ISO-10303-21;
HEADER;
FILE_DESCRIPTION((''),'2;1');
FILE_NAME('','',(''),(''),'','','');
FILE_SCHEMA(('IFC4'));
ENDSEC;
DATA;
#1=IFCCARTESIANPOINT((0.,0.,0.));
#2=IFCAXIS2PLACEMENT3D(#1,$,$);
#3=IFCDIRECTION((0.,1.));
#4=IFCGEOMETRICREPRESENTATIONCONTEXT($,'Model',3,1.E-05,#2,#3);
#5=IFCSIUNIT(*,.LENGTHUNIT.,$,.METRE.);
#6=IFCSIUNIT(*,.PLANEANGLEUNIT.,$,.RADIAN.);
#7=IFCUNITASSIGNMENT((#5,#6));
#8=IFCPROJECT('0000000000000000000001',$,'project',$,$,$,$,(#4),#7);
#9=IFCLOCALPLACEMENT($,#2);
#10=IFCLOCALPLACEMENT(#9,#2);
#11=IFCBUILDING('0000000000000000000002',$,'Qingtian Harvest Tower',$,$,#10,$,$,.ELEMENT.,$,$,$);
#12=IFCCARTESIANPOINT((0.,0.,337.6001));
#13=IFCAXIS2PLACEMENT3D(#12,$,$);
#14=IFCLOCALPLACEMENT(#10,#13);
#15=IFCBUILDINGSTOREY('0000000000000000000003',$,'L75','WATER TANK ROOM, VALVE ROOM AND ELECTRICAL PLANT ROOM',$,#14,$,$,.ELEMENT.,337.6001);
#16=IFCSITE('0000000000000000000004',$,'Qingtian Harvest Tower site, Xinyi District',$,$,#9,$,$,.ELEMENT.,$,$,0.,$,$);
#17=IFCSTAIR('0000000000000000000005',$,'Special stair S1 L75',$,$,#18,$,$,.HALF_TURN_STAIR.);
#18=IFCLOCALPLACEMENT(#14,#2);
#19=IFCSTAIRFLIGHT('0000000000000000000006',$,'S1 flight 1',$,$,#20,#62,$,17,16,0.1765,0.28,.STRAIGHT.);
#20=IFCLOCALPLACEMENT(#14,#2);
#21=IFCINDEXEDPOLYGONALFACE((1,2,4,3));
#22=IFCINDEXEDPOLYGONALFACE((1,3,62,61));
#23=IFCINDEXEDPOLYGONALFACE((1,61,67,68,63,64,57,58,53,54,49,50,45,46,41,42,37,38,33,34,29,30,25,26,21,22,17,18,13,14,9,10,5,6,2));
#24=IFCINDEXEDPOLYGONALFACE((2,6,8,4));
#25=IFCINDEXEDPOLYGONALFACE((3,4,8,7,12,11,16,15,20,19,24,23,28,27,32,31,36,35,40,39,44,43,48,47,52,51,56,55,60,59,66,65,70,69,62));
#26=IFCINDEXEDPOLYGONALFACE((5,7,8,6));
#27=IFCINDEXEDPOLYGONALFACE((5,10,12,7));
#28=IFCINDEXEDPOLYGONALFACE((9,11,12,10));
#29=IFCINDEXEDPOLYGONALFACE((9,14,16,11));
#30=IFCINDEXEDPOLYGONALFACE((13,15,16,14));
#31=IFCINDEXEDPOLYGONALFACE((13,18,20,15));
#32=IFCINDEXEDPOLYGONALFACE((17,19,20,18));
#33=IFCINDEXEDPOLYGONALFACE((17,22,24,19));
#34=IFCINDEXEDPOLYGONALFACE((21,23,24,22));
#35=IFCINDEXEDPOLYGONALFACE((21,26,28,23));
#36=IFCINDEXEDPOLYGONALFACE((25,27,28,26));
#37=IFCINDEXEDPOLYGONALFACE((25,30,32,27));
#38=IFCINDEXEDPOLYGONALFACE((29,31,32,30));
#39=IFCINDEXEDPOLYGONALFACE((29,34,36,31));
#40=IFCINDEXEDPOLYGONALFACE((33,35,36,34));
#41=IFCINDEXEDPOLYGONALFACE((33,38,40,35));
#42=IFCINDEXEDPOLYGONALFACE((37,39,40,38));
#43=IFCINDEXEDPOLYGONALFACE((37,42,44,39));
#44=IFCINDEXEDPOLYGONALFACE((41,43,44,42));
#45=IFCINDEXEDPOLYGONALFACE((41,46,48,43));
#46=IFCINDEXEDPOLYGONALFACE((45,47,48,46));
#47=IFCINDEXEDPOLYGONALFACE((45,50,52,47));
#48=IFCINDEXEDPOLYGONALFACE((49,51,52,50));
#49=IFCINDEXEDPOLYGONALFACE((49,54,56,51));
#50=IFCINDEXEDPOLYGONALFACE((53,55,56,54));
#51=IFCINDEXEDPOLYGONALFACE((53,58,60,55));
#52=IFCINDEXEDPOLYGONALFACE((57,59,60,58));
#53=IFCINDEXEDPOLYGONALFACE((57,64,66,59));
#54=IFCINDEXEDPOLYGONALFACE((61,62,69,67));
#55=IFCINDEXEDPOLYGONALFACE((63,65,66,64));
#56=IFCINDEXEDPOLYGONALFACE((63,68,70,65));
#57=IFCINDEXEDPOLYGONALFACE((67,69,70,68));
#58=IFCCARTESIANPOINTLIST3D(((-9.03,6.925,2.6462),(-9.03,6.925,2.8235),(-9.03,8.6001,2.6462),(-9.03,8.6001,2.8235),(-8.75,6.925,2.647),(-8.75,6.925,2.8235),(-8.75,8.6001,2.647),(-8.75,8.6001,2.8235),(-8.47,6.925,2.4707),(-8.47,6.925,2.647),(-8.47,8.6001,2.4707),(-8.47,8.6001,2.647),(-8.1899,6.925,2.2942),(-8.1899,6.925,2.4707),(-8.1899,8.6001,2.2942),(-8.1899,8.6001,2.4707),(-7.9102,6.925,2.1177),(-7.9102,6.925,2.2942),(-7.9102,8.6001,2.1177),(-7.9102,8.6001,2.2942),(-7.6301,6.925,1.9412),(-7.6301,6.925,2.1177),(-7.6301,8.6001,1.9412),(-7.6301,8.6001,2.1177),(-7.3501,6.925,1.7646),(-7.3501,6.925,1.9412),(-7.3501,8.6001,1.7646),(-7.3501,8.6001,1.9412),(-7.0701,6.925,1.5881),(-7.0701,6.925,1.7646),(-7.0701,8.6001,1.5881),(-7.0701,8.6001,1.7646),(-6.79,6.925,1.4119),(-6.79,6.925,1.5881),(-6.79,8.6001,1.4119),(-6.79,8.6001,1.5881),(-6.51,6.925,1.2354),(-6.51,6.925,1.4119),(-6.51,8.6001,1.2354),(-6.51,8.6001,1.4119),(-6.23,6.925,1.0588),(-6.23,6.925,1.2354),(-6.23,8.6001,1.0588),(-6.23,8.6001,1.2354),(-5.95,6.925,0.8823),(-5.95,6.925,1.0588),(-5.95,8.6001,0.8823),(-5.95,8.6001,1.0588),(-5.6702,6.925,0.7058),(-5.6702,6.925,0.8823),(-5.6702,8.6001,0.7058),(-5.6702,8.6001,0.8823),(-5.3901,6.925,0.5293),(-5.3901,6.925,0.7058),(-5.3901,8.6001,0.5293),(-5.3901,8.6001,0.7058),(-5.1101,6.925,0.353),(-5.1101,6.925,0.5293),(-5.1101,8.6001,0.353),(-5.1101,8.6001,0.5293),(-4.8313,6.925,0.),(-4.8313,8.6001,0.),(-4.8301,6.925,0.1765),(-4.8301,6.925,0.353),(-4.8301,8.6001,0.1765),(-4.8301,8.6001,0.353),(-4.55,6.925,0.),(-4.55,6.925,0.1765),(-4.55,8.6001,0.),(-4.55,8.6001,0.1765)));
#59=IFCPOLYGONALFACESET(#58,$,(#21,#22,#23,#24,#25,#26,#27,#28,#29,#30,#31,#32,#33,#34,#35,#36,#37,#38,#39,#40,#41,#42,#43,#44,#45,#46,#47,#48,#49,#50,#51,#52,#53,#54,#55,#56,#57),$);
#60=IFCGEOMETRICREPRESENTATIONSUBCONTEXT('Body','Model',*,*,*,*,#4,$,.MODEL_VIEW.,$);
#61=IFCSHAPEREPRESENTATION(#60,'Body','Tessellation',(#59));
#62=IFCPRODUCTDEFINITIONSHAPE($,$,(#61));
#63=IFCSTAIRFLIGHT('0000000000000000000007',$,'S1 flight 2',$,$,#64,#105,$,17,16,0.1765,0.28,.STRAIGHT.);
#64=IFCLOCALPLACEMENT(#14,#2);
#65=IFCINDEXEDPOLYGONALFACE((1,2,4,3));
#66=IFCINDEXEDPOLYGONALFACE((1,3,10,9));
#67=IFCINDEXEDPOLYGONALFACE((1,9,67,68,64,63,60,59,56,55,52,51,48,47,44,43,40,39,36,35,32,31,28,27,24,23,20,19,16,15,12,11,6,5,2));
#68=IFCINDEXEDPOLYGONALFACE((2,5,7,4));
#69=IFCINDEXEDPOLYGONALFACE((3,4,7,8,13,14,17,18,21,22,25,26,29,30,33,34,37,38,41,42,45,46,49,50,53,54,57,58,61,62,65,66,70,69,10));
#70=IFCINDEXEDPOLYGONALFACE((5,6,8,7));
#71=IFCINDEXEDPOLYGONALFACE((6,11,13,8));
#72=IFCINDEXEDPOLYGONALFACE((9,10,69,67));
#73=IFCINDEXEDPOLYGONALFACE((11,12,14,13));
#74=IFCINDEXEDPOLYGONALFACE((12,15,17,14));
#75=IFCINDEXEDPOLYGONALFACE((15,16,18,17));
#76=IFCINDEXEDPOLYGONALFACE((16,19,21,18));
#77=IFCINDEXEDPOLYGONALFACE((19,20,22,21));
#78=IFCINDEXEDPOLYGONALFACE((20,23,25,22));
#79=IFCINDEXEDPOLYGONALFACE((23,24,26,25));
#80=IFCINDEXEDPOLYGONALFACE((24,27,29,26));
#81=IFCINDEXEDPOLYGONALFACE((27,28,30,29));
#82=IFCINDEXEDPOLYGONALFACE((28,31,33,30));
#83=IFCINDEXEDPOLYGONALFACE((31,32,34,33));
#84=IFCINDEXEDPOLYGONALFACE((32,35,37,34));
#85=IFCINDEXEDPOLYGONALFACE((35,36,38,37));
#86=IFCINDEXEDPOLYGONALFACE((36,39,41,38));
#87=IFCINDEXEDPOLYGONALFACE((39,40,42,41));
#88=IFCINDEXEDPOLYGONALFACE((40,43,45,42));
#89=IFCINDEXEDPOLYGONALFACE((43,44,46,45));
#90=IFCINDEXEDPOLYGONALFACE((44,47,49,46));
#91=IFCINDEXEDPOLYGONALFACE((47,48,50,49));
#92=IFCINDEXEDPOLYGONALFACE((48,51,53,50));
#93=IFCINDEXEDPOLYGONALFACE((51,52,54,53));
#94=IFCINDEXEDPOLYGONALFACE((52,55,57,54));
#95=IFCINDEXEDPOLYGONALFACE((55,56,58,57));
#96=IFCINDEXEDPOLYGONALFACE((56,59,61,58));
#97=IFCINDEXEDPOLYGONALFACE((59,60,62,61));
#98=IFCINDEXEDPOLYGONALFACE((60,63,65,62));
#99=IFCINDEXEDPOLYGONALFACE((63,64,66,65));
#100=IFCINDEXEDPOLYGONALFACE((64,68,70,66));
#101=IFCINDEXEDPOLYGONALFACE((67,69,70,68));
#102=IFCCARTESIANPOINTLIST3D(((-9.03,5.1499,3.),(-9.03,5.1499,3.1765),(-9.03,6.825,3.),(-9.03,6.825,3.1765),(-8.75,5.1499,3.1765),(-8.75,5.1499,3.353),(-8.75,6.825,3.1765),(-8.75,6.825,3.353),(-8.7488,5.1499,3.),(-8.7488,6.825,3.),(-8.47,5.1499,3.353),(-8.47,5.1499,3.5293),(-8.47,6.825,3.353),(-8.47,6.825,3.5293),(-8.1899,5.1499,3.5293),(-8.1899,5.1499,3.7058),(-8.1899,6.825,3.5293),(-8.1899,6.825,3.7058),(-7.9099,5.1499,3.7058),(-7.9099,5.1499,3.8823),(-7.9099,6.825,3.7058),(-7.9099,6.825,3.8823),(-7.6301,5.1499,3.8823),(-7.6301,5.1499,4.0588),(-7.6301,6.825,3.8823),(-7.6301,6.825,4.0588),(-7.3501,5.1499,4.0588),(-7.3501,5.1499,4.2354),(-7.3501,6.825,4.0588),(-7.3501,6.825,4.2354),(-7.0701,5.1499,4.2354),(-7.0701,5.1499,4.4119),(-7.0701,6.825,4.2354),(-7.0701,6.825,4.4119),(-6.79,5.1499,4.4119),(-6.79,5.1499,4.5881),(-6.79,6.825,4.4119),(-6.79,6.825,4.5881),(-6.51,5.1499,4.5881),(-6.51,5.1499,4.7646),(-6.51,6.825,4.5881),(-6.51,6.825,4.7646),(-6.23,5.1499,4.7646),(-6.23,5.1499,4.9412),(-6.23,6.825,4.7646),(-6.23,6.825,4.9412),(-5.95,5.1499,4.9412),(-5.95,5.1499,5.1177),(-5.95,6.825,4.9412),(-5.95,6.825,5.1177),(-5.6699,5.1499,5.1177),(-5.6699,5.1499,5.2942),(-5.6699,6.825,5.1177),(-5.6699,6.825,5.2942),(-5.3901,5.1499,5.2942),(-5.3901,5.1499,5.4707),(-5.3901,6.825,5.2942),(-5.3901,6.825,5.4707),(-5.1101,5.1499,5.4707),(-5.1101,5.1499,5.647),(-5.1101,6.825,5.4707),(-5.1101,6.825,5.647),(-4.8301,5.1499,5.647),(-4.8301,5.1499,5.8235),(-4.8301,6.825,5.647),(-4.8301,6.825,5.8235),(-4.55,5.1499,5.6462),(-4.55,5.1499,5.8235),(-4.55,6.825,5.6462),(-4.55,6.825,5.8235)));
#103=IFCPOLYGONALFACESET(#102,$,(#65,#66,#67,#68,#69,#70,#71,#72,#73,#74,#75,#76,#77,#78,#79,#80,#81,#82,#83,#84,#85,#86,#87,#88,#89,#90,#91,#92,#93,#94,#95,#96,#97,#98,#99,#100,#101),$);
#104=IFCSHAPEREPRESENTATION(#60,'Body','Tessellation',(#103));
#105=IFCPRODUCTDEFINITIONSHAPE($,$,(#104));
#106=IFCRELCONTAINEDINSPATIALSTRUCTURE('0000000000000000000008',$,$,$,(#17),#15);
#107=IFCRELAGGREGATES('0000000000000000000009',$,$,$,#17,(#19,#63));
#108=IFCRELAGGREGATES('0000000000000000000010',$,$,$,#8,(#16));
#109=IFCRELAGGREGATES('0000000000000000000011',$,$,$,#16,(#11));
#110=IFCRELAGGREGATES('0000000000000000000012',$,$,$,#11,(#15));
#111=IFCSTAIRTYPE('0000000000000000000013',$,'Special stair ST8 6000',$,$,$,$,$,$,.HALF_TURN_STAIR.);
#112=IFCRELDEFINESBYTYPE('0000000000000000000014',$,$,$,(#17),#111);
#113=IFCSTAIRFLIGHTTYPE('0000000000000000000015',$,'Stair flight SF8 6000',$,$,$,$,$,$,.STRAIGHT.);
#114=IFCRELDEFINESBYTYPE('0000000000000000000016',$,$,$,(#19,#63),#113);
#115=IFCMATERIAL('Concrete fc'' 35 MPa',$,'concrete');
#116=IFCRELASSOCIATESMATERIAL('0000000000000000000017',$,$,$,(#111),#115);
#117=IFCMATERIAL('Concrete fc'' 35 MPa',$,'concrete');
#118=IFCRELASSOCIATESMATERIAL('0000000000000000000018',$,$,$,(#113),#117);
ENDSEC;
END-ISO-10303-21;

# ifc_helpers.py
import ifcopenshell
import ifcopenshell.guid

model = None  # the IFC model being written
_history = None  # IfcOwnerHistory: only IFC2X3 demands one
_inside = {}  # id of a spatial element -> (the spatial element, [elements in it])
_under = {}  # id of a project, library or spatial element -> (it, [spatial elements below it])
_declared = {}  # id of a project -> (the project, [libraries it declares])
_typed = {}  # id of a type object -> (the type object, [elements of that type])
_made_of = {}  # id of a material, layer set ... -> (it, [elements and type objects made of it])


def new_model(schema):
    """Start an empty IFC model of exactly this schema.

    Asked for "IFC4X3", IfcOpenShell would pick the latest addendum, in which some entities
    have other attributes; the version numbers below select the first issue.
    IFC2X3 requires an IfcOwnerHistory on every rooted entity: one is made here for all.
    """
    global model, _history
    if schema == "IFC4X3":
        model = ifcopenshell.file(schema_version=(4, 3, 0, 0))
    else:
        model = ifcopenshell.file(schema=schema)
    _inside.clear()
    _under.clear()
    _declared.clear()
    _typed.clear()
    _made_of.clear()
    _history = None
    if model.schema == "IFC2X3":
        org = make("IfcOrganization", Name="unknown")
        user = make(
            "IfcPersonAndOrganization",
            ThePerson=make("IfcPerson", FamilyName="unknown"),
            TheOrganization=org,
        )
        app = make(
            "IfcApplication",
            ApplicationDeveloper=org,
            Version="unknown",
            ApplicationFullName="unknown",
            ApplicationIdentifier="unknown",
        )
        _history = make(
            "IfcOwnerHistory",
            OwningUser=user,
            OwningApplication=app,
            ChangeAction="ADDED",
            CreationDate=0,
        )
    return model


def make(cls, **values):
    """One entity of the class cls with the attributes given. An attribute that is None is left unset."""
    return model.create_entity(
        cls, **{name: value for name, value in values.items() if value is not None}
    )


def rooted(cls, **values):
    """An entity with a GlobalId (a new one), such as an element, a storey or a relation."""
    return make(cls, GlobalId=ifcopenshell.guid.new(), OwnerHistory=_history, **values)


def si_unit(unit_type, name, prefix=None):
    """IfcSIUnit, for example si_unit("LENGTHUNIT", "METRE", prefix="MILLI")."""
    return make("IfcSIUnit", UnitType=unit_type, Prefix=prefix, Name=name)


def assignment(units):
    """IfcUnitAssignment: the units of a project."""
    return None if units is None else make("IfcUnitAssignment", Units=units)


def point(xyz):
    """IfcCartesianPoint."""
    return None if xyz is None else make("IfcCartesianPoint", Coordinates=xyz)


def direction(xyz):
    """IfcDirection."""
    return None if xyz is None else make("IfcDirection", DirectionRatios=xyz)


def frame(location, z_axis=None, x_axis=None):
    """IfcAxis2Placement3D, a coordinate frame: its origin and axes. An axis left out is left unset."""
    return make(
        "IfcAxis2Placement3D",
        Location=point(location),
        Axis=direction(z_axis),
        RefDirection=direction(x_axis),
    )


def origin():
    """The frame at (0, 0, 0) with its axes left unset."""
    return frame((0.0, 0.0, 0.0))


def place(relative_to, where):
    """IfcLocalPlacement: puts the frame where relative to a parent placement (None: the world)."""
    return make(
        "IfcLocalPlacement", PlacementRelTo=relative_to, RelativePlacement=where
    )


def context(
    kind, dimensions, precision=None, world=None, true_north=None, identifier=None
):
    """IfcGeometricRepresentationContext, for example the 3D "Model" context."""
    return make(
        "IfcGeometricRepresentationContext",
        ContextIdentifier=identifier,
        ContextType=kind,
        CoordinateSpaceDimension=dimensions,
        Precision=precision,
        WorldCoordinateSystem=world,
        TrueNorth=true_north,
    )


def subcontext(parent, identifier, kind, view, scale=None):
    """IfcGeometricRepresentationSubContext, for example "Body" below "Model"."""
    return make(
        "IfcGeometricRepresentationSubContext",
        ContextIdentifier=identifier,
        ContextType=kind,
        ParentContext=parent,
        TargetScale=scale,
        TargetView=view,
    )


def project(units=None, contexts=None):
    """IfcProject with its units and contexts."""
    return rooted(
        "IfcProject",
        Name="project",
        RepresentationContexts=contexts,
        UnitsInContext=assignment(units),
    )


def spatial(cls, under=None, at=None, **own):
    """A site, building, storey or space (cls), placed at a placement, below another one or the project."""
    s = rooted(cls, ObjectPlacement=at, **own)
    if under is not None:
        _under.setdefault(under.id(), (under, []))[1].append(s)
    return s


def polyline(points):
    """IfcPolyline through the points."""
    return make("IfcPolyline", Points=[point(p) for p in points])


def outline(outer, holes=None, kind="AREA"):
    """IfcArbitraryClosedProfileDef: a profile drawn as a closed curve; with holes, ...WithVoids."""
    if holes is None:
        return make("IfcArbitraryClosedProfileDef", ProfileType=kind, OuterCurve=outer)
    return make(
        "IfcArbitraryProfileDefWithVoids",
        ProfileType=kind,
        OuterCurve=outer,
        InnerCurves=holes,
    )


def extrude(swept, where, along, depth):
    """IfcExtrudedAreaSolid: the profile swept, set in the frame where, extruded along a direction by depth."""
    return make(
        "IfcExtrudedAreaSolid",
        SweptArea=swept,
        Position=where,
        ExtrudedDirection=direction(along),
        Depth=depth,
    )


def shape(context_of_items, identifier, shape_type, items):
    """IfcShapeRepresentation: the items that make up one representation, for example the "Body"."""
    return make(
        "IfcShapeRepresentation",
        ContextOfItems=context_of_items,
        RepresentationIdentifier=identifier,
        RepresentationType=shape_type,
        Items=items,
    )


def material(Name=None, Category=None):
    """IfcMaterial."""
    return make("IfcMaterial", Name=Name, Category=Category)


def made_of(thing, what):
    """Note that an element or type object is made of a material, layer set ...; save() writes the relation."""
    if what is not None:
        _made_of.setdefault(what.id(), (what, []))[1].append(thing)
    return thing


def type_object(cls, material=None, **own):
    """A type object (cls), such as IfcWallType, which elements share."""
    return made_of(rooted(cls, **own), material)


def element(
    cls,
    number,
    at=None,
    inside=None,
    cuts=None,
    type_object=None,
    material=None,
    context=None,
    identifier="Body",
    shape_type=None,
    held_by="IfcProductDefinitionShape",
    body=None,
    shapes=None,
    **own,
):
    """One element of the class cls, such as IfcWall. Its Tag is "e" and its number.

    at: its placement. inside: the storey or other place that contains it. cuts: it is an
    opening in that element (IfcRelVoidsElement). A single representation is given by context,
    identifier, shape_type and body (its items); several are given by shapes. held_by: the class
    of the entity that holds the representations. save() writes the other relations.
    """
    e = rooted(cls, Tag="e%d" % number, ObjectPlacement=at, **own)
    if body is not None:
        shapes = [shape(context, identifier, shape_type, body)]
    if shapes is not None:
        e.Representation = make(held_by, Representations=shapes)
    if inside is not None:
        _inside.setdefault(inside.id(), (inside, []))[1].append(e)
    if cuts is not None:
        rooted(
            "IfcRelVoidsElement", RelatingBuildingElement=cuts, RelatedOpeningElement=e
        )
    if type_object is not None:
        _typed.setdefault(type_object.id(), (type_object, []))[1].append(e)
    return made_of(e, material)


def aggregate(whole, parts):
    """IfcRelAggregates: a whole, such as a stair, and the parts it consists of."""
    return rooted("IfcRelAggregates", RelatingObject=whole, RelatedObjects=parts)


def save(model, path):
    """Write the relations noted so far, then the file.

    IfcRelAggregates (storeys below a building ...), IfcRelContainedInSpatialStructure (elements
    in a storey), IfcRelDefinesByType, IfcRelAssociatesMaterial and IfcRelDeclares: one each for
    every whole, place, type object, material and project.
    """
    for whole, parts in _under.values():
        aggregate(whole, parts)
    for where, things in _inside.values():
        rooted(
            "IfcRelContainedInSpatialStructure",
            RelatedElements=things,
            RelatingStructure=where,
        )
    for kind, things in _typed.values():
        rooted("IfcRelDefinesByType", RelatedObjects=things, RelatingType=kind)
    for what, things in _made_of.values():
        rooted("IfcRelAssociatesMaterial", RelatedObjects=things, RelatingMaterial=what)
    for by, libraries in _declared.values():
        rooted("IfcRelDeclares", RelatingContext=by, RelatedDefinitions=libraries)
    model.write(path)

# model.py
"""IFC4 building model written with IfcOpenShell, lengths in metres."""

from ifc_helpers import new_model, si_unit, direction, frame, origin, place, context, subcontext, project, spatial, polyline, outline, extrude, material, type_object, element, aggregate, save


model = new_model("IFC4")

# Units and contexts
model_context = context("Model", 3, precision=1e-05, world=origin(), true_north=direction((0.0, 1.0)))
body_context = subcontext(model_context, "Body", "Model", "MODEL_VIEW")
ifc_project = project(units=[si_unit("LENGTHUNIT", "METRE"), si_unit("PLANEANGLEUNIT", "RADIAN")], contexts=[model_context])

# Site, building, storey
site_placement = place(None, origin())
site = spatial("IfcSite", under=ifc_project, at=site_placement, Name="Qingtian Harvest Tower site, Xinyi District", CompositionType="ELEMENT", RefElevation=0.0)
building_placement = place(site_placement, origin())
building = spatial("IfcBuilding", under=site, at=building_placement, Name="Qingtian Harvest Tower", CompositionType="ELEMENT")
storey_placement = place(building_placement, frame((0.0, 0.0, 337.6001)))
storey = spatial("IfcBuildingStorey", under=building, at=storey_placement, Name="L75", Description="WATER TANK ROOM, VALVE ROOM AND ELECTRICAL PLANT ROOM", CompositionType="ELEMENT", Elevation=337.6001)

# Stair, stair flights
ifc_material_1 = material(Name="Concrete fc' 35 MPa", Category="concrete")
stair_type = type_object("IfcStairType", Name="Special stair ST8 6000", PredefinedType="HALF_TURN_STAIR", material=ifc_material_1)
stair_placement = place(storey_placement, origin())
stair = element("IfcStair", 1, at=stair_placement, inside=storey, type_object=stair_type, Name="Special stair S1 L75", PredefinedType="HALF_TURN_STAIR")
ifc_material_2 = material(Name="Concrete fc' 35 MPa", Category="concrete")
stair_flight_type = type_object("IfcStairFlightType", Name="Stair flight SF8 6000", PredefinedType="STRAIGHT", material=ifc_material_2)
stair_flight_1_placement = place(storey_placement, frame((-4.55, 7.7625, 0.0), z_axis=(0.0, 0.0, 1.0), x_axis=(-1.0, 0.0, 0.0)))
stair_flight_1 = element("IfcStairFlight", 2, at=stair_flight_1_placement, type_object=stair_flight_type, Name="S1 flight 1", NumberOfRisers=17, NumberOfTreads=16, PredefinedType="STRAIGHT", RiserHeight=0.1765, TreadLength=0.28, context=body_context, shape_type="SweptSolid", body=[
    extrude(outline(polyline([(0.0, 0.0), (0.0, 0.1765), (0.28, 0.1765), (0.28, 0.353), (0.5601, 0.353), (0.5601, 0.5293), (0.8401, 0.5293), (0.8401, 0.7058), (1.1201, 0.7058), (1.1201, 0.8823), (1.3999, 0.8823), (1.3999, 1.0588), (1.6799, 1.0588), (1.6799, 1.2354), (1.96, 1.2354), (1.96, 1.4119), (2.24, 1.4119), (2.24, 1.5881), (2.52, 1.5881), (2.52, 1.7646), (2.8, 1.7646), (2.8, 1.9412), (3.0801, 1.9412), (3.0801, 2.1177), (3.3601, 2.1177), (3.3601, 2.2942), (3.6399, 2.2942), (3.6399, 2.4707), (3.9199, 2.4707), (3.9199, 2.647), (4.2, 2.647), (4.2, 2.8235), (4.48, 2.8235), (4.48, 3.0), (4.48, 2.6462), (0.2812, 0.0), (0.0, 0.0)])), frame((0.0, 0.8374, 0.0), z_axis=(0.0, -1.0, 0.0), x_axis=(1.0, 0.0, 0.0)), (0.0, 0.0, 1.0), 1.675),
])
stair_flight_2_placement = place(storey_placement, frame((-9.03, 5.9875, 3.0), z_axis=(0.0, 0.0, 1.0), x_axis=(1.0, 0.0, 0.0)))
stair_flight_2 = element("IfcStairFlight", 3, at=stair_flight_2_placement, type_object=stair_flight_type, Name="S1 flight 2", NumberOfRisers=17, NumberOfTreads=16, PredefinedType="STRAIGHT", RiserHeight=0.1765, TreadLength=0.28, context=body_context, shape_type="SweptSolid", body=[
    extrude(outline(polyline([(0.0, 0.0), (0.0, 0.1765), (0.28, 0.1765), (0.28, 0.353), (0.5601, 0.353), (0.5601, 0.5293), (0.8401, 0.5293), (0.8401, 0.7058), (1.1201, 0.7058), (1.1201, 0.8823), (1.3999, 0.8823), (1.3999, 1.0588), (1.6799, 1.0588), (1.6799, 1.2354), (1.96, 1.2354), (1.96, 1.4119), (2.24, 1.4119), (2.24, 1.5881), (2.52, 1.5881), (2.52, 1.7646), (2.8, 1.7646), (2.8, 1.9412), (3.0801, 1.9412), (3.0801, 2.1177), (3.3601, 2.1177), (3.3601, 2.2942), (3.6399, 2.2942), (3.6399, 2.4707), (3.9199, 2.4707), (3.9199, 2.647), (4.2, 2.647), (4.2, 2.8235), (4.48, 2.8235), (4.48, 3.0), (4.48, 2.6462), (0.2812, 0.0), (0.0, 0.0)])), frame((0.0, 0.8374, 0.0), z_axis=(0.0, -1.0, 0.0), x_axis=(1.0, 0.0, 0.0)), (0.0, 0.0, 1.0), 1.675),
])
aggregate(stair, [stair_flight_1, stair_flight_2])

save(model, "model.ifc")
